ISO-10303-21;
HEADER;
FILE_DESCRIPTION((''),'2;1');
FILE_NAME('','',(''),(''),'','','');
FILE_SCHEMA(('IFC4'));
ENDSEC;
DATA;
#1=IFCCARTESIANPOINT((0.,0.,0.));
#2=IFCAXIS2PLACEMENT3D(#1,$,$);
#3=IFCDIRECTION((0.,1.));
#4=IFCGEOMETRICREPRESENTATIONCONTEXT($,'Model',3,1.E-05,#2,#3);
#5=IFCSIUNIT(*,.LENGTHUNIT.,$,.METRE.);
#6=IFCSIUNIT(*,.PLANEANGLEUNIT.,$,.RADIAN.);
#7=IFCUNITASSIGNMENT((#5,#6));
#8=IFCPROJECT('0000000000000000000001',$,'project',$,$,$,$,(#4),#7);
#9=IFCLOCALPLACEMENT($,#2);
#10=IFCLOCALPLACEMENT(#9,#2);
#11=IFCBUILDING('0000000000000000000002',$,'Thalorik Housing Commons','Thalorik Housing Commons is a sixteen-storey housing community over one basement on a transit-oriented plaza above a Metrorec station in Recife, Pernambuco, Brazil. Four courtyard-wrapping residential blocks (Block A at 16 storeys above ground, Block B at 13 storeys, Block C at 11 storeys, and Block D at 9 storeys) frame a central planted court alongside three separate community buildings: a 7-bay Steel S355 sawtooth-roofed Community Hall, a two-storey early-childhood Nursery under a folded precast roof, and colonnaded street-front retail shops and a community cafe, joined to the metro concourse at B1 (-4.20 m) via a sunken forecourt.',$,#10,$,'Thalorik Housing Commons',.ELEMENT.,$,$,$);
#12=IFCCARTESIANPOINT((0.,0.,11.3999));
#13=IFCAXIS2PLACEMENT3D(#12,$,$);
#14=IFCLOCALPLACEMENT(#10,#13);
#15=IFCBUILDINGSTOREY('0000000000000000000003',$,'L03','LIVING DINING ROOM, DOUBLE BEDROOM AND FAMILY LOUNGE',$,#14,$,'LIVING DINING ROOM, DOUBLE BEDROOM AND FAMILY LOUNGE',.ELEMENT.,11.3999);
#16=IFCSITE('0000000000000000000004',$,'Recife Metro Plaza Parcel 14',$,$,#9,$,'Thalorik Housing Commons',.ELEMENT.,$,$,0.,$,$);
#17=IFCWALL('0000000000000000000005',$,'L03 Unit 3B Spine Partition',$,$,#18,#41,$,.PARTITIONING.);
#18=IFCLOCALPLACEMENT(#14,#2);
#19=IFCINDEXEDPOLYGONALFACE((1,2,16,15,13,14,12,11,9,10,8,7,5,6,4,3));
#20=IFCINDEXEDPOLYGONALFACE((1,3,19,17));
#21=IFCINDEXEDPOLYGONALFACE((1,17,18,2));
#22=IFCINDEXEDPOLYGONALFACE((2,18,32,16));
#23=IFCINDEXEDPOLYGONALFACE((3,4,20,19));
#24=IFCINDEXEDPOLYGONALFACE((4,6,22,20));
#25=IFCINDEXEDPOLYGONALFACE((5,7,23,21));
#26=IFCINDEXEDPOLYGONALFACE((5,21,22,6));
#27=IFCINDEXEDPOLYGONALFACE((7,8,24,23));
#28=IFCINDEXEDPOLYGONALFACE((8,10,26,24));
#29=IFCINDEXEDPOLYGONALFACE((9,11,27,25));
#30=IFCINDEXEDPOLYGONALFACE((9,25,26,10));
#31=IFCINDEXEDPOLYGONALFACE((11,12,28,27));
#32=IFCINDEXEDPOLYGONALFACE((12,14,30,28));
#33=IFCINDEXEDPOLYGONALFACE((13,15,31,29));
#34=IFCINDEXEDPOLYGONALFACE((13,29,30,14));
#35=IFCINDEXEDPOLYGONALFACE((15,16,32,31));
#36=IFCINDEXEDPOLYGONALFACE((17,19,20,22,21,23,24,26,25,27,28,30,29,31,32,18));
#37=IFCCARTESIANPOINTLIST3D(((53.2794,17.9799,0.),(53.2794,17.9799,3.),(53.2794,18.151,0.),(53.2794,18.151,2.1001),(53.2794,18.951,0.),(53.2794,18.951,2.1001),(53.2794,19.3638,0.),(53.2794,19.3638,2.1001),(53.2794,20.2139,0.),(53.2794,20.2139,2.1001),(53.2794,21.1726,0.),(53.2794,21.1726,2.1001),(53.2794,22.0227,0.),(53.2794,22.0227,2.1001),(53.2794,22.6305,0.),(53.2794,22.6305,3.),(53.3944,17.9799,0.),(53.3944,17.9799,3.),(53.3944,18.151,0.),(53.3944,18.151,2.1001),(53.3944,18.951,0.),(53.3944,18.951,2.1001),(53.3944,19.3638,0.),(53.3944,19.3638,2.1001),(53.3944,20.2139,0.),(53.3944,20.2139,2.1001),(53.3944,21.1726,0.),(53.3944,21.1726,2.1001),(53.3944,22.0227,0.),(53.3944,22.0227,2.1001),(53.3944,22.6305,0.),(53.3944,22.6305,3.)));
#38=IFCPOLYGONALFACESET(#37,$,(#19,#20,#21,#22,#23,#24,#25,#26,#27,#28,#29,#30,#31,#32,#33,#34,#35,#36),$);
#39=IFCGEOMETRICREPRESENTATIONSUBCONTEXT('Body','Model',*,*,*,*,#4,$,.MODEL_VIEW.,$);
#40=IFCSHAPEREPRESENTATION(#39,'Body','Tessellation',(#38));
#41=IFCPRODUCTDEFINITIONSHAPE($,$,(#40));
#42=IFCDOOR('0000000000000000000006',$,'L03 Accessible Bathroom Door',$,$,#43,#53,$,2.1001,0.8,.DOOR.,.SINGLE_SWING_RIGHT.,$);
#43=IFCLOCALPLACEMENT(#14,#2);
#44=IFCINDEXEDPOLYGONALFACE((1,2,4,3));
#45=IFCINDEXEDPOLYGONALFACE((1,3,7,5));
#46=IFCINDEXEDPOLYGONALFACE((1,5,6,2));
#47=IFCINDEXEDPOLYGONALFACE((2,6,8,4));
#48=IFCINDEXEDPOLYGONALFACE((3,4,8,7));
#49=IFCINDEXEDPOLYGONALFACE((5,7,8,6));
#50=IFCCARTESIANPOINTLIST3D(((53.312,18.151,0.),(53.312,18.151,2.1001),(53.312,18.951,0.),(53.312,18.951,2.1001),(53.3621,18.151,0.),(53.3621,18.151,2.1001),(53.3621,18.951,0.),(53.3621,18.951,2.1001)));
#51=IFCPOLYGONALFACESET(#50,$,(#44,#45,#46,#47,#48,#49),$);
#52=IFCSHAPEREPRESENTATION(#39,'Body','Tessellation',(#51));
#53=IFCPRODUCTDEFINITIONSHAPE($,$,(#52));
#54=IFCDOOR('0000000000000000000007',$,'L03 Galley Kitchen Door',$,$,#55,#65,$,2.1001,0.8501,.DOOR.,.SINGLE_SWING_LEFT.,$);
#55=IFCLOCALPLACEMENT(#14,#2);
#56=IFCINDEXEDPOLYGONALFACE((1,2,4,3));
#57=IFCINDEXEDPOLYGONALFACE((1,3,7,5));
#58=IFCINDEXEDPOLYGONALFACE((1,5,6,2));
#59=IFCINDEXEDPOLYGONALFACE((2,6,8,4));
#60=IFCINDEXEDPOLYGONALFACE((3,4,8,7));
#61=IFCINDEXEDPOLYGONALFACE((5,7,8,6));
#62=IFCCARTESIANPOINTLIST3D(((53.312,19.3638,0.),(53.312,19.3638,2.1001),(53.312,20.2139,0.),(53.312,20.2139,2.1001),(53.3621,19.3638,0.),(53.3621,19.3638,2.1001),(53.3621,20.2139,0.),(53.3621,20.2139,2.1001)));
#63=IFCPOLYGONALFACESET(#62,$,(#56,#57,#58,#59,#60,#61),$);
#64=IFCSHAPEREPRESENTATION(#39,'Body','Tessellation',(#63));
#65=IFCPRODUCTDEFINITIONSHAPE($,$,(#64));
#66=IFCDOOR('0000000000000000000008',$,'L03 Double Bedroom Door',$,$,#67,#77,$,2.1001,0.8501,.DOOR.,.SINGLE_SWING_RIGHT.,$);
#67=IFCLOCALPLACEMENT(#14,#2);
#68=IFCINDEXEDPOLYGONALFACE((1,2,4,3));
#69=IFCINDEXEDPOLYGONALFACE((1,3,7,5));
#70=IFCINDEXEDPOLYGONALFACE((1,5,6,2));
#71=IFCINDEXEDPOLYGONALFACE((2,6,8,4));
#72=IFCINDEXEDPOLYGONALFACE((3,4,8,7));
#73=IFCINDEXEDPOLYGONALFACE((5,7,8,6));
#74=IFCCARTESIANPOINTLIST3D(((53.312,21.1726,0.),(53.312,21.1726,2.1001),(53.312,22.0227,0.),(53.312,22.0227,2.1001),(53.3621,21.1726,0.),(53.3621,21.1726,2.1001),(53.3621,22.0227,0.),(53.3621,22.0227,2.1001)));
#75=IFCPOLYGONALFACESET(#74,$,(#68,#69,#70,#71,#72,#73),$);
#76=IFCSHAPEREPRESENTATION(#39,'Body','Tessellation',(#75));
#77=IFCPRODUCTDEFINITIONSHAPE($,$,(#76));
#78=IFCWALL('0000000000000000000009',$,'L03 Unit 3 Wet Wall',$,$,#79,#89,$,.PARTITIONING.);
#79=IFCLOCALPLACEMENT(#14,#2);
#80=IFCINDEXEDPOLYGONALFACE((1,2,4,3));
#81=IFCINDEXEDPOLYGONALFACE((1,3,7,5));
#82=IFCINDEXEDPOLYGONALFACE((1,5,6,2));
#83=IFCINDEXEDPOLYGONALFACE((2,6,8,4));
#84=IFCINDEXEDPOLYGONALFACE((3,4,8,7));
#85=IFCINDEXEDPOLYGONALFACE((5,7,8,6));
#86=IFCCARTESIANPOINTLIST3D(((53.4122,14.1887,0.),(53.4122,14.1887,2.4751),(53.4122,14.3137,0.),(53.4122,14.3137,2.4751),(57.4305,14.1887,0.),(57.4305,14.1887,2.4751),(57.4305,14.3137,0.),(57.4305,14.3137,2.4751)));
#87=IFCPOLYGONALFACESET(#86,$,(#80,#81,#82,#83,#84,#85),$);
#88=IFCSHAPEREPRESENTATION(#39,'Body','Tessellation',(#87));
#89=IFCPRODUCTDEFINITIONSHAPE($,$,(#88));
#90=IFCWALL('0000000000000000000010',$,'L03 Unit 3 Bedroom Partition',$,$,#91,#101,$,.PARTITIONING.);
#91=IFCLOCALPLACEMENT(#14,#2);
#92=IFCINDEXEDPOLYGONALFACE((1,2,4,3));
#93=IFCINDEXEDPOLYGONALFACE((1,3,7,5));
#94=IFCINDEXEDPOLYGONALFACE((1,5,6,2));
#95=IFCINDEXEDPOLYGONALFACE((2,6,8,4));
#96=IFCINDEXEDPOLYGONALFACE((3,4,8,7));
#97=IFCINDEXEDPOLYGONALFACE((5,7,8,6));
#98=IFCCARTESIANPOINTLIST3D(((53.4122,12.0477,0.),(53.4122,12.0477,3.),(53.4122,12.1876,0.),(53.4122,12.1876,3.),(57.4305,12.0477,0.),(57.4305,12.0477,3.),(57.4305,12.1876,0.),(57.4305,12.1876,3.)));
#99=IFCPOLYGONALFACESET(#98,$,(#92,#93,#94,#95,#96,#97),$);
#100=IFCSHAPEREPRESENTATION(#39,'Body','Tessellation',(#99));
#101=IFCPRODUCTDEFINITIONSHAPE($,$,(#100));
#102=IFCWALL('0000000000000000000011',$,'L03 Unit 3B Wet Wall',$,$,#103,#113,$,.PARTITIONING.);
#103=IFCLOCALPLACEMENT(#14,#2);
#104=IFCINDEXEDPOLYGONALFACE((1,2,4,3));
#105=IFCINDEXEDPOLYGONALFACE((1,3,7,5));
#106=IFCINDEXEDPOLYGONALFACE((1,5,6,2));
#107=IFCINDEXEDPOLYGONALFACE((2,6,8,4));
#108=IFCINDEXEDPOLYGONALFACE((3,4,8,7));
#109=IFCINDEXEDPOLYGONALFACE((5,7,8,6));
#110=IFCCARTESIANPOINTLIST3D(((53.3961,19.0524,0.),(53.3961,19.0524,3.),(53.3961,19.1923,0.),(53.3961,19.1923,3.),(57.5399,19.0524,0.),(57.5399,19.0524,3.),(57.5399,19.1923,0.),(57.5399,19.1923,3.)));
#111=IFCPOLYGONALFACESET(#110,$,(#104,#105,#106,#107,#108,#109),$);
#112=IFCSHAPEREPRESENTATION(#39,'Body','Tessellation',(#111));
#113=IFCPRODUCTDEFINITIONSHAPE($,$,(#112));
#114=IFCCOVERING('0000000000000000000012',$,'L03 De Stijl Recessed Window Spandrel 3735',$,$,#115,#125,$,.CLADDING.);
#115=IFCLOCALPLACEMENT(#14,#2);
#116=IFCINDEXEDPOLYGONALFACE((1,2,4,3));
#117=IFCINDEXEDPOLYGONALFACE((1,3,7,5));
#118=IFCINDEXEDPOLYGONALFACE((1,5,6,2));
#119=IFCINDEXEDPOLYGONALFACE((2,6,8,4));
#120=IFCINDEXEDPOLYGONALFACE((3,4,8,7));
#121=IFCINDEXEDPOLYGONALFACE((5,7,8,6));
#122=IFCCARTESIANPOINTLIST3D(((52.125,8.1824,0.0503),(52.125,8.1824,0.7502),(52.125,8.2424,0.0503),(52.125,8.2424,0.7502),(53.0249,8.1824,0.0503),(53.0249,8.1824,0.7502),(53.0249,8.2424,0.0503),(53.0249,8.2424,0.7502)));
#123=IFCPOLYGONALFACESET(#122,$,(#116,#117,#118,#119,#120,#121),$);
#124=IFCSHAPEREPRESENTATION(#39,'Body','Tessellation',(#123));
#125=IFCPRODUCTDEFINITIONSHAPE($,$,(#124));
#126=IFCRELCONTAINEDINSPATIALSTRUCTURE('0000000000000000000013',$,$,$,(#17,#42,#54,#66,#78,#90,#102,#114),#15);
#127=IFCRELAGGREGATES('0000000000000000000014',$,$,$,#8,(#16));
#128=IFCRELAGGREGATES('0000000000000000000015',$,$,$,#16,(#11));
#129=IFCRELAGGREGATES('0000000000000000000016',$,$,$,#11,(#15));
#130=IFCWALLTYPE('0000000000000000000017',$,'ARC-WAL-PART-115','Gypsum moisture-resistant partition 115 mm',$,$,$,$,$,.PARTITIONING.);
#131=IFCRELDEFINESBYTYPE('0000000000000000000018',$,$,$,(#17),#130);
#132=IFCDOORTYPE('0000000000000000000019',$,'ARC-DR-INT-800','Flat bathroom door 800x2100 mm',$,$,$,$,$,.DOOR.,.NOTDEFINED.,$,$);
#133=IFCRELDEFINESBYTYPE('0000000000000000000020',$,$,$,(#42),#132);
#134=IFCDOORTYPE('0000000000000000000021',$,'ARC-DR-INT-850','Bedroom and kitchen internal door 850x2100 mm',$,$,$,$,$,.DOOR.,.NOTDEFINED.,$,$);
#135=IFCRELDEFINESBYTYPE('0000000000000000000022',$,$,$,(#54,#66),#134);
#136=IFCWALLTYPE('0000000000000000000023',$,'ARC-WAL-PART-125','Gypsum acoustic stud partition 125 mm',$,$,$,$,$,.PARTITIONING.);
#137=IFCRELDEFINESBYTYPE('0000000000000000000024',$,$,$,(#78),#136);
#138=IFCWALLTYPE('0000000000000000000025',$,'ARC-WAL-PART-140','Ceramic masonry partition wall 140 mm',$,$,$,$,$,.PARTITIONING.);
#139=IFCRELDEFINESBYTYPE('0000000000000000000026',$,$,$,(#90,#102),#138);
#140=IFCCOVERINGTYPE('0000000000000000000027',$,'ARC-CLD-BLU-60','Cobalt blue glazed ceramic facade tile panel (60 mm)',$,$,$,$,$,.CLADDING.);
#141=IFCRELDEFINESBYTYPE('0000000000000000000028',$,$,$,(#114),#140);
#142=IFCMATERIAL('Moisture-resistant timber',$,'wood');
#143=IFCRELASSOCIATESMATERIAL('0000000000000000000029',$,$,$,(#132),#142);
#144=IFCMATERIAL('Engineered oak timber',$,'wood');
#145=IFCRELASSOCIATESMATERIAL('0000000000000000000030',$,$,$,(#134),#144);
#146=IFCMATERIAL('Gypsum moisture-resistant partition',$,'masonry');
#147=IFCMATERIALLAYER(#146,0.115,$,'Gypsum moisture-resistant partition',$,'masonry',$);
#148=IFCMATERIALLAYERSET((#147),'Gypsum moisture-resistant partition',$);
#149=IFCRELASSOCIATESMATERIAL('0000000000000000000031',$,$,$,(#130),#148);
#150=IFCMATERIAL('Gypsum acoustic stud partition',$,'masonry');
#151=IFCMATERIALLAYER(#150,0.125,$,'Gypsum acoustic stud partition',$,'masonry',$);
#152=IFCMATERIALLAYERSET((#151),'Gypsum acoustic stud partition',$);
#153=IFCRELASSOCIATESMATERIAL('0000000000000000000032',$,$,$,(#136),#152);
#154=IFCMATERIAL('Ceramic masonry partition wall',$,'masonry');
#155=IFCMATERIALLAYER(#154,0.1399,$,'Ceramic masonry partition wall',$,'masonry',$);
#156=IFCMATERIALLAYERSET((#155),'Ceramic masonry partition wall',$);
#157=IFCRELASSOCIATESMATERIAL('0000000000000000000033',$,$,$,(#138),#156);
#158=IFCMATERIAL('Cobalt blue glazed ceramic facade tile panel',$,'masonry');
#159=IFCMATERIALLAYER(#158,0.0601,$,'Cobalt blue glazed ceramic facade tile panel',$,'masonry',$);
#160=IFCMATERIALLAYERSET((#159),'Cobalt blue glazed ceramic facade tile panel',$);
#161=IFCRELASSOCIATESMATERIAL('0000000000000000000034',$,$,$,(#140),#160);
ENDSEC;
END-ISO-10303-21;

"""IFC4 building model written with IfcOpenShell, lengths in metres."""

from ifc_helpers import new_model, si_unit, direction, frame, frame_2d, origin, origin_2d, place, context, subcontext, project, spatial, rectangle, extrude, material, layer, layer_set, type_object, element, fill, save


model = new_model("IFC4")

# Units and contexts
model_context = context("Model", 3, precision=1e-05, world=origin(), true_north=direction((0.0, 1.0)))
body_context = subcontext(model_context, "Body", "Model", "MODEL_VIEW")
ifc_project = project(units=[si_unit("LENGTHUNIT", "METRE"), si_unit("PLANEANGLEUNIT", "RADIAN")], contexts=[model_context])

# Site, building, storey
site_placement = place(None, origin())
site = spatial("IfcSite", under=ifc_project, at=site_placement, Name="Recife Metro Plaza Parcel 14", LongName="Thalorik Housing Commons", CompositionType="ELEMENT", RefElevation=0.0)
building_placement = place(site_placement, origin())
building = spatial("IfcBuilding", under=site, at=building_placement, Name="Thalorik Housing Commons", Description="Thalorik Housing Commons is a sixteen-storey housing community over one basement on a transit-oriented plaza above a Metrorec station in Recife, Pernambuco, Brazil. Four courtyard-wrapping residential blocks (Block A at 16 storeys above ground, Block B at 13 storeys, Block C at 11 storeys, and Block D at 9 storeys) frame a central planted court alongside three separate community buildings: a 7-bay Steel S355 sawtooth-roofed Community Hall, a two-storey early-childhood Nursery under a folded precast roof, and colonnaded street-front retail shops and a community cafe, joined to the metro concourse at B1 (-4.20 m) via a sunken forecourt.", LongName="Thalorik Housing Commons", CompositionType="ELEMENT")
storey_placement = place(building_placement, frame((0.0, 0.0, 11.3999)))
storey = spatial("IfcBuildingStorey", under=building, at=storey_placement, Name="L03", Description="LIVING DINING ROOM, DOUBLE BEDROOM AND FAMILY LOUNGE", LongName="LIVING DINING ROOM, DOUBLE BEDROOM AND FAMILY LOUNGE", CompositionType="ELEMENT", Elevation=11.3999)

# Shared definitions
ifc_material_1 = material(Name="Moisture-resistant timber", Category="wood")
door_type_1 = type_object("IfcDoorType", Name="ARC-DR-INT-800", Description="Flat bathroom door 800x2100 mm", OperationType="NOTDEFINED", PredefinedType="DOOR", material=ifc_material_1)
ifc_material_2 = material(Name="Engineered oak timber", Category="wood")
door_type_2 = type_object("IfcDoorType", Name="ARC-DR-INT-850", Description="Bedroom and kitchen internal door 850x2100 mm", OperationType="NOTDEFINED", PredefinedType="DOOR", material=ifc_material_2)

# Wall, openings, doors
ifc_material_3 = material(Name="Gypsum moisture-resistant partition", Category="masonry")
ifc_layer_1 = layer(ifc_material_3, 0.115, Name="Gypsum moisture-resistant partition", Category="masonry")
ifc_layer_set_1 = layer_set([ifc_layer_1], Name="Gypsum moisture-resistant partition")
wall_type_1 = type_object("IfcWallType", Name="ARC-WAL-PART-115", Description="Gypsum moisture-resistant partition 115 mm", PredefinedType="PARTITIONING", material=ifc_layer_set_1)
wall_1_placement = place(storey_placement, frame((53.3369, 17.98, 0.0), z_axis=(0.0, 0.0, 1.0), x_axis=(0.0, 1.0, 0.0)))
wall_1 = element("IfcWall", 1, at=wall_1_placement, inside=storey, type_object=wall_type_1, Name="L03 Unit 3B Spine Partition", PredefinedType="PARTITIONING", context=body_context, shape_type="SweptSolid", body=[
    extrude(rectangle(XDim=4.6506, YDim=0.115, at=frame_2d((2.3252, 0.0))), origin(), (0.0, 0.0, 1.0), 3.0),
])
opening_1_placement = place(wall_1_placement, frame((0.1711, 0.0, 0.0)))
opening_1 = element("IfcOpeningElement", 2, at=opening_1_placement, cuts=wall_1, PredefinedType="OPENING", context=body_context, shape_type="SweptSolid", body=[
    extrude(rectangle(XDim=0.8, YDim=2.1001, at=frame_2d((0.3999, 1.05))), frame((0.0, 0.0674, 0.0), z_axis=(0.0, -1.0, 0.0), x_axis=(1.0, 0.0, 0.0)), (0.0, 0.0, 1.0), 0.135),
])
opening_2_placement = place(wall_1_placement, frame((1.3838, 0.0, 0.0)))
opening_2 = element("IfcOpeningElement", 3, at=opening_2_placement, cuts=wall_1, PredefinedType="OPENING", context=body_context, shape_type="SweptSolid", body=[
    extrude(rectangle(XDim=0.8501, YDim=2.1001, at=frame_2d((0.425, 1.05))), frame((0.0, 0.0674, 0.0), z_axis=(0.0, -1.0, 0.0), x_axis=(1.0, 0.0, 0.0)), (0.0, 0.0, 1.0), 0.135),
])
opening_3_placement = place(wall_1_placement, frame((3.1926, 0.0, 0.0)))
opening_3 = element("IfcOpeningElement", 4, at=opening_3_placement, cuts=wall_1, PredefinedType="OPENING", context=body_context, shape_type="SweptSolid", body=[
    extrude(rectangle(XDim=0.8501, YDim=2.1001, at=frame_2d((0.425, 1.05))), frame((0.0, 0.0674, 0.0), z_axis=(0.0, -1.0, 0.0), x_axis=(1.0, 0.0, 0.0)), (0.0, 0.0, 1.0), 0.135),
])
door_1_placement = place(opening_1_placement, origin())
door_1 = element("IfcDoor", 5, at=door_1_placement, inside=storey, type_object=door_type_1, Name="L03 Accessible Bathroom Door", OperationType="SINGLE_SWING_RIGHT", OverallHeight=2.1001, OverallWidth=0.8, PredefinedType="DOOR", context=body_context, shape_type="SweptSolid", body=[
    extrude(rectangle(XDim=0.8, YDim=2.1001, at=frame_2d((0.3999, 1.05))), frame((0.0, 0.0249, 0.0), z_axis=(0.0, -1.0, 0.0), x_axis=(1.0, 0.0, 0.0)), (0.0, 0.0, 1.0), 0.05),
])
fill(opening_1, door_1)
door_2_placement = place(opening_2_placement, origin())
door_2 = element("IfcDoor", 6, at=door_2_placement, inside=storey, type_object=door_type_2, Name="L03 Galley Kitchen Door", OperationType="SINGLE_SWING_LEFT", OverallHeight=2.1001, OverallWidth=0.8501, PredefinedType="DOOR", context=body_context, shape_type="SweptSolid", body=[
    extrude(rectangle(XDim=0.8501, YDim=2.1001, at=frame_2d((0.425, 1.05))), frame((0.0, 0.0249, 0.0), z_axis=(0.0, -1.0, 0.0), x_axis=(1.0, 0.0, 0.0)), (0.0, 0.0, 1.0), 0.05),
])
fill(opening_2, door_2)
door_3_placement = place(opening_3_placement, origin())
door_3 = element("IfcDoor", 7, at=door_3_placement, inside=storey, type_object=door_type_2, Name="L03 Double Bedroom Door", OperationType="SINGLE_SWING_RIGHT", OverallHeight=2.1001, OverallWidth=0.8501, PredefinedType="DOOR", context=body_context, shape_type="SweptSolid", body=[
    extrude(rectangle(XDim=0.8501, YDim=2.1001, at=frame_2d((0.425, 1.05))), frame((0.0, 0.0249, 0.0), z_axis=(0.0, -1.0, 0.0), x_axis=(1.0, 0.0, 0.0)), (0.0, 0.0, 1.0), 0.05),
])
fill(opening_3, door_3)

# Walls
ifc_material_4 = material(Name="Gypsum acoustic stud partition", Category="masonry")
ifc_layer_2 = layer(ifc_material_4, 0.125, Name="Gypsum acoustic stud partition", Category="masonry")
ifc_layer_set_2 = layer_set([ifc_layer_2], Name="Gypsum acoustic stud partition")
wall_type_2 = type_object("IfcWallType", Name="ARC-WAL-PART-125", Description="Gypsum acoustic stud partition 125 mm", PredefinedType="PARTITIONING", material=ifc_layer_set_2)
wall_2_placement = place(storey_placement, frame((53.4121, 14.2512, 0.0), z_axis=(0.0, 0.0, 1.0), x_axis=(1.0, 0.0, 0.0)))
element("IfcWall", 8, at=wall_2_placement, inside=storey, type_object=wall_type_2, Name="L03 Unit 3 Wet Wall", PredefinedType="PARTITIONING", context=body_context, shape_type="SweptSolid", body=[
    extrude(rectangle(XDim=4.0183, YDim=0.125, at=frame_2d((2.0093, 0.0))), origin(), (0.0, 0.0, 1.0), 2.4751),
])
ifc_material_5 = material(Name="Ceramic masonry partition wall", Category="masonry")
ifc_layer_3 = layer(ifc_material_5, 0.1399, Name="Ceramic masonry partition wall", Category="masonry")
ifc_layer_set_3 = layer_set([ifc_layer_3], Name="Ceramic masonry partition wall")
wall_type_3 = type_object("IfcWallType", Name="ARC-WAL-PART-140", Description="Ceramic masonry partition wall 140 mm", PredefinedType="PARTITIONING", material=ifc_layer_set_3)
wall_3_placement = place(storey_placement, frame((53.4121, 12.1177, 0.0), z_axis=(0.0, 0.0, 1.0), x_axis=(1.0, 0.0, 0.0)))
element("IfcWall", 9, at=wall_3_placement, inside=storey, type_object=wall_type_3, Name="L03 Unit 3 Bedroom Partition", PredefinedType="PARTITIONING", context=body_context, shape_type="SweptSolid", body=[
    extrude(rectangle(XDim=4.0183, YDim=0.1399, at=frame_2d((2.0093, 0.0))), origin(), (0.0, 0.0, 1.0), 3.0),
])
wall_4_placement = place(storey_placement, frame((53.3962, 19.1223, 0.0), z_axis=(0.0, 0.0, 1.0), x_axis=(1.0, 0.0, 0.0)))
element("IfcWall", 10, at=wall_4_placement, inside=storey, type_object=wall_type_3, Name="L03 Unit 3B Wet Wall", PredefinedType="PARTITIONING", context=body_context, shape_type="SweptSolid", body=[
    extrude(rectangle(XDim=4.1438, YDim=0.1399, at=frame_2d((2.0718, 0.0))), origin(), (0.0, 0.0, 1.0), 3.0),
])

# Covering
ifc_material_6 = material(Name="Cobalt blue glazed ceramic facade tile panel", Category="masonry")
ifc_layer_4 = layer(ifc_material_6, 0.0601, Name="Cobalt blue glazed ceramic facade tile panel", Category="masonry")
ifc_layer_set_4 = layer_set([ifc_layer_4], Name="Cobalt blue glazed ceramic facade tile panel")
covering_type_1 = type_object("IfcCoveringType", Name="ARC-CLD-BLU-60", Description="Cobalt blue glazed ceramic facade tile panel (60 mm)", PredefinedType="CLADDING", material=ifc_layer_set_4)
covering_1_placement = place(storey_placement, frame((52.575, 8.2124, 0.0503), z_axis=(0.0, 0.0, 1.0), x_axis=(1.0, 0.0, 0.0)))
element("IfcCovering", 11, at=covering_1_placement, inside=storey, type_object=covering_type_1, Name="L03 De Stijl Recessed Window Spandrel 3735", PredefinedType="CLADDING", context=body_context, shape_type="SweptSolid", body=[
    extrude(rectangle(XDim=0.8999, YDim=0.0601, at=origin_2d()), origin(), (0.0, 0.0, 1.0), 0.7),
])

save(model, "model.ifc")
